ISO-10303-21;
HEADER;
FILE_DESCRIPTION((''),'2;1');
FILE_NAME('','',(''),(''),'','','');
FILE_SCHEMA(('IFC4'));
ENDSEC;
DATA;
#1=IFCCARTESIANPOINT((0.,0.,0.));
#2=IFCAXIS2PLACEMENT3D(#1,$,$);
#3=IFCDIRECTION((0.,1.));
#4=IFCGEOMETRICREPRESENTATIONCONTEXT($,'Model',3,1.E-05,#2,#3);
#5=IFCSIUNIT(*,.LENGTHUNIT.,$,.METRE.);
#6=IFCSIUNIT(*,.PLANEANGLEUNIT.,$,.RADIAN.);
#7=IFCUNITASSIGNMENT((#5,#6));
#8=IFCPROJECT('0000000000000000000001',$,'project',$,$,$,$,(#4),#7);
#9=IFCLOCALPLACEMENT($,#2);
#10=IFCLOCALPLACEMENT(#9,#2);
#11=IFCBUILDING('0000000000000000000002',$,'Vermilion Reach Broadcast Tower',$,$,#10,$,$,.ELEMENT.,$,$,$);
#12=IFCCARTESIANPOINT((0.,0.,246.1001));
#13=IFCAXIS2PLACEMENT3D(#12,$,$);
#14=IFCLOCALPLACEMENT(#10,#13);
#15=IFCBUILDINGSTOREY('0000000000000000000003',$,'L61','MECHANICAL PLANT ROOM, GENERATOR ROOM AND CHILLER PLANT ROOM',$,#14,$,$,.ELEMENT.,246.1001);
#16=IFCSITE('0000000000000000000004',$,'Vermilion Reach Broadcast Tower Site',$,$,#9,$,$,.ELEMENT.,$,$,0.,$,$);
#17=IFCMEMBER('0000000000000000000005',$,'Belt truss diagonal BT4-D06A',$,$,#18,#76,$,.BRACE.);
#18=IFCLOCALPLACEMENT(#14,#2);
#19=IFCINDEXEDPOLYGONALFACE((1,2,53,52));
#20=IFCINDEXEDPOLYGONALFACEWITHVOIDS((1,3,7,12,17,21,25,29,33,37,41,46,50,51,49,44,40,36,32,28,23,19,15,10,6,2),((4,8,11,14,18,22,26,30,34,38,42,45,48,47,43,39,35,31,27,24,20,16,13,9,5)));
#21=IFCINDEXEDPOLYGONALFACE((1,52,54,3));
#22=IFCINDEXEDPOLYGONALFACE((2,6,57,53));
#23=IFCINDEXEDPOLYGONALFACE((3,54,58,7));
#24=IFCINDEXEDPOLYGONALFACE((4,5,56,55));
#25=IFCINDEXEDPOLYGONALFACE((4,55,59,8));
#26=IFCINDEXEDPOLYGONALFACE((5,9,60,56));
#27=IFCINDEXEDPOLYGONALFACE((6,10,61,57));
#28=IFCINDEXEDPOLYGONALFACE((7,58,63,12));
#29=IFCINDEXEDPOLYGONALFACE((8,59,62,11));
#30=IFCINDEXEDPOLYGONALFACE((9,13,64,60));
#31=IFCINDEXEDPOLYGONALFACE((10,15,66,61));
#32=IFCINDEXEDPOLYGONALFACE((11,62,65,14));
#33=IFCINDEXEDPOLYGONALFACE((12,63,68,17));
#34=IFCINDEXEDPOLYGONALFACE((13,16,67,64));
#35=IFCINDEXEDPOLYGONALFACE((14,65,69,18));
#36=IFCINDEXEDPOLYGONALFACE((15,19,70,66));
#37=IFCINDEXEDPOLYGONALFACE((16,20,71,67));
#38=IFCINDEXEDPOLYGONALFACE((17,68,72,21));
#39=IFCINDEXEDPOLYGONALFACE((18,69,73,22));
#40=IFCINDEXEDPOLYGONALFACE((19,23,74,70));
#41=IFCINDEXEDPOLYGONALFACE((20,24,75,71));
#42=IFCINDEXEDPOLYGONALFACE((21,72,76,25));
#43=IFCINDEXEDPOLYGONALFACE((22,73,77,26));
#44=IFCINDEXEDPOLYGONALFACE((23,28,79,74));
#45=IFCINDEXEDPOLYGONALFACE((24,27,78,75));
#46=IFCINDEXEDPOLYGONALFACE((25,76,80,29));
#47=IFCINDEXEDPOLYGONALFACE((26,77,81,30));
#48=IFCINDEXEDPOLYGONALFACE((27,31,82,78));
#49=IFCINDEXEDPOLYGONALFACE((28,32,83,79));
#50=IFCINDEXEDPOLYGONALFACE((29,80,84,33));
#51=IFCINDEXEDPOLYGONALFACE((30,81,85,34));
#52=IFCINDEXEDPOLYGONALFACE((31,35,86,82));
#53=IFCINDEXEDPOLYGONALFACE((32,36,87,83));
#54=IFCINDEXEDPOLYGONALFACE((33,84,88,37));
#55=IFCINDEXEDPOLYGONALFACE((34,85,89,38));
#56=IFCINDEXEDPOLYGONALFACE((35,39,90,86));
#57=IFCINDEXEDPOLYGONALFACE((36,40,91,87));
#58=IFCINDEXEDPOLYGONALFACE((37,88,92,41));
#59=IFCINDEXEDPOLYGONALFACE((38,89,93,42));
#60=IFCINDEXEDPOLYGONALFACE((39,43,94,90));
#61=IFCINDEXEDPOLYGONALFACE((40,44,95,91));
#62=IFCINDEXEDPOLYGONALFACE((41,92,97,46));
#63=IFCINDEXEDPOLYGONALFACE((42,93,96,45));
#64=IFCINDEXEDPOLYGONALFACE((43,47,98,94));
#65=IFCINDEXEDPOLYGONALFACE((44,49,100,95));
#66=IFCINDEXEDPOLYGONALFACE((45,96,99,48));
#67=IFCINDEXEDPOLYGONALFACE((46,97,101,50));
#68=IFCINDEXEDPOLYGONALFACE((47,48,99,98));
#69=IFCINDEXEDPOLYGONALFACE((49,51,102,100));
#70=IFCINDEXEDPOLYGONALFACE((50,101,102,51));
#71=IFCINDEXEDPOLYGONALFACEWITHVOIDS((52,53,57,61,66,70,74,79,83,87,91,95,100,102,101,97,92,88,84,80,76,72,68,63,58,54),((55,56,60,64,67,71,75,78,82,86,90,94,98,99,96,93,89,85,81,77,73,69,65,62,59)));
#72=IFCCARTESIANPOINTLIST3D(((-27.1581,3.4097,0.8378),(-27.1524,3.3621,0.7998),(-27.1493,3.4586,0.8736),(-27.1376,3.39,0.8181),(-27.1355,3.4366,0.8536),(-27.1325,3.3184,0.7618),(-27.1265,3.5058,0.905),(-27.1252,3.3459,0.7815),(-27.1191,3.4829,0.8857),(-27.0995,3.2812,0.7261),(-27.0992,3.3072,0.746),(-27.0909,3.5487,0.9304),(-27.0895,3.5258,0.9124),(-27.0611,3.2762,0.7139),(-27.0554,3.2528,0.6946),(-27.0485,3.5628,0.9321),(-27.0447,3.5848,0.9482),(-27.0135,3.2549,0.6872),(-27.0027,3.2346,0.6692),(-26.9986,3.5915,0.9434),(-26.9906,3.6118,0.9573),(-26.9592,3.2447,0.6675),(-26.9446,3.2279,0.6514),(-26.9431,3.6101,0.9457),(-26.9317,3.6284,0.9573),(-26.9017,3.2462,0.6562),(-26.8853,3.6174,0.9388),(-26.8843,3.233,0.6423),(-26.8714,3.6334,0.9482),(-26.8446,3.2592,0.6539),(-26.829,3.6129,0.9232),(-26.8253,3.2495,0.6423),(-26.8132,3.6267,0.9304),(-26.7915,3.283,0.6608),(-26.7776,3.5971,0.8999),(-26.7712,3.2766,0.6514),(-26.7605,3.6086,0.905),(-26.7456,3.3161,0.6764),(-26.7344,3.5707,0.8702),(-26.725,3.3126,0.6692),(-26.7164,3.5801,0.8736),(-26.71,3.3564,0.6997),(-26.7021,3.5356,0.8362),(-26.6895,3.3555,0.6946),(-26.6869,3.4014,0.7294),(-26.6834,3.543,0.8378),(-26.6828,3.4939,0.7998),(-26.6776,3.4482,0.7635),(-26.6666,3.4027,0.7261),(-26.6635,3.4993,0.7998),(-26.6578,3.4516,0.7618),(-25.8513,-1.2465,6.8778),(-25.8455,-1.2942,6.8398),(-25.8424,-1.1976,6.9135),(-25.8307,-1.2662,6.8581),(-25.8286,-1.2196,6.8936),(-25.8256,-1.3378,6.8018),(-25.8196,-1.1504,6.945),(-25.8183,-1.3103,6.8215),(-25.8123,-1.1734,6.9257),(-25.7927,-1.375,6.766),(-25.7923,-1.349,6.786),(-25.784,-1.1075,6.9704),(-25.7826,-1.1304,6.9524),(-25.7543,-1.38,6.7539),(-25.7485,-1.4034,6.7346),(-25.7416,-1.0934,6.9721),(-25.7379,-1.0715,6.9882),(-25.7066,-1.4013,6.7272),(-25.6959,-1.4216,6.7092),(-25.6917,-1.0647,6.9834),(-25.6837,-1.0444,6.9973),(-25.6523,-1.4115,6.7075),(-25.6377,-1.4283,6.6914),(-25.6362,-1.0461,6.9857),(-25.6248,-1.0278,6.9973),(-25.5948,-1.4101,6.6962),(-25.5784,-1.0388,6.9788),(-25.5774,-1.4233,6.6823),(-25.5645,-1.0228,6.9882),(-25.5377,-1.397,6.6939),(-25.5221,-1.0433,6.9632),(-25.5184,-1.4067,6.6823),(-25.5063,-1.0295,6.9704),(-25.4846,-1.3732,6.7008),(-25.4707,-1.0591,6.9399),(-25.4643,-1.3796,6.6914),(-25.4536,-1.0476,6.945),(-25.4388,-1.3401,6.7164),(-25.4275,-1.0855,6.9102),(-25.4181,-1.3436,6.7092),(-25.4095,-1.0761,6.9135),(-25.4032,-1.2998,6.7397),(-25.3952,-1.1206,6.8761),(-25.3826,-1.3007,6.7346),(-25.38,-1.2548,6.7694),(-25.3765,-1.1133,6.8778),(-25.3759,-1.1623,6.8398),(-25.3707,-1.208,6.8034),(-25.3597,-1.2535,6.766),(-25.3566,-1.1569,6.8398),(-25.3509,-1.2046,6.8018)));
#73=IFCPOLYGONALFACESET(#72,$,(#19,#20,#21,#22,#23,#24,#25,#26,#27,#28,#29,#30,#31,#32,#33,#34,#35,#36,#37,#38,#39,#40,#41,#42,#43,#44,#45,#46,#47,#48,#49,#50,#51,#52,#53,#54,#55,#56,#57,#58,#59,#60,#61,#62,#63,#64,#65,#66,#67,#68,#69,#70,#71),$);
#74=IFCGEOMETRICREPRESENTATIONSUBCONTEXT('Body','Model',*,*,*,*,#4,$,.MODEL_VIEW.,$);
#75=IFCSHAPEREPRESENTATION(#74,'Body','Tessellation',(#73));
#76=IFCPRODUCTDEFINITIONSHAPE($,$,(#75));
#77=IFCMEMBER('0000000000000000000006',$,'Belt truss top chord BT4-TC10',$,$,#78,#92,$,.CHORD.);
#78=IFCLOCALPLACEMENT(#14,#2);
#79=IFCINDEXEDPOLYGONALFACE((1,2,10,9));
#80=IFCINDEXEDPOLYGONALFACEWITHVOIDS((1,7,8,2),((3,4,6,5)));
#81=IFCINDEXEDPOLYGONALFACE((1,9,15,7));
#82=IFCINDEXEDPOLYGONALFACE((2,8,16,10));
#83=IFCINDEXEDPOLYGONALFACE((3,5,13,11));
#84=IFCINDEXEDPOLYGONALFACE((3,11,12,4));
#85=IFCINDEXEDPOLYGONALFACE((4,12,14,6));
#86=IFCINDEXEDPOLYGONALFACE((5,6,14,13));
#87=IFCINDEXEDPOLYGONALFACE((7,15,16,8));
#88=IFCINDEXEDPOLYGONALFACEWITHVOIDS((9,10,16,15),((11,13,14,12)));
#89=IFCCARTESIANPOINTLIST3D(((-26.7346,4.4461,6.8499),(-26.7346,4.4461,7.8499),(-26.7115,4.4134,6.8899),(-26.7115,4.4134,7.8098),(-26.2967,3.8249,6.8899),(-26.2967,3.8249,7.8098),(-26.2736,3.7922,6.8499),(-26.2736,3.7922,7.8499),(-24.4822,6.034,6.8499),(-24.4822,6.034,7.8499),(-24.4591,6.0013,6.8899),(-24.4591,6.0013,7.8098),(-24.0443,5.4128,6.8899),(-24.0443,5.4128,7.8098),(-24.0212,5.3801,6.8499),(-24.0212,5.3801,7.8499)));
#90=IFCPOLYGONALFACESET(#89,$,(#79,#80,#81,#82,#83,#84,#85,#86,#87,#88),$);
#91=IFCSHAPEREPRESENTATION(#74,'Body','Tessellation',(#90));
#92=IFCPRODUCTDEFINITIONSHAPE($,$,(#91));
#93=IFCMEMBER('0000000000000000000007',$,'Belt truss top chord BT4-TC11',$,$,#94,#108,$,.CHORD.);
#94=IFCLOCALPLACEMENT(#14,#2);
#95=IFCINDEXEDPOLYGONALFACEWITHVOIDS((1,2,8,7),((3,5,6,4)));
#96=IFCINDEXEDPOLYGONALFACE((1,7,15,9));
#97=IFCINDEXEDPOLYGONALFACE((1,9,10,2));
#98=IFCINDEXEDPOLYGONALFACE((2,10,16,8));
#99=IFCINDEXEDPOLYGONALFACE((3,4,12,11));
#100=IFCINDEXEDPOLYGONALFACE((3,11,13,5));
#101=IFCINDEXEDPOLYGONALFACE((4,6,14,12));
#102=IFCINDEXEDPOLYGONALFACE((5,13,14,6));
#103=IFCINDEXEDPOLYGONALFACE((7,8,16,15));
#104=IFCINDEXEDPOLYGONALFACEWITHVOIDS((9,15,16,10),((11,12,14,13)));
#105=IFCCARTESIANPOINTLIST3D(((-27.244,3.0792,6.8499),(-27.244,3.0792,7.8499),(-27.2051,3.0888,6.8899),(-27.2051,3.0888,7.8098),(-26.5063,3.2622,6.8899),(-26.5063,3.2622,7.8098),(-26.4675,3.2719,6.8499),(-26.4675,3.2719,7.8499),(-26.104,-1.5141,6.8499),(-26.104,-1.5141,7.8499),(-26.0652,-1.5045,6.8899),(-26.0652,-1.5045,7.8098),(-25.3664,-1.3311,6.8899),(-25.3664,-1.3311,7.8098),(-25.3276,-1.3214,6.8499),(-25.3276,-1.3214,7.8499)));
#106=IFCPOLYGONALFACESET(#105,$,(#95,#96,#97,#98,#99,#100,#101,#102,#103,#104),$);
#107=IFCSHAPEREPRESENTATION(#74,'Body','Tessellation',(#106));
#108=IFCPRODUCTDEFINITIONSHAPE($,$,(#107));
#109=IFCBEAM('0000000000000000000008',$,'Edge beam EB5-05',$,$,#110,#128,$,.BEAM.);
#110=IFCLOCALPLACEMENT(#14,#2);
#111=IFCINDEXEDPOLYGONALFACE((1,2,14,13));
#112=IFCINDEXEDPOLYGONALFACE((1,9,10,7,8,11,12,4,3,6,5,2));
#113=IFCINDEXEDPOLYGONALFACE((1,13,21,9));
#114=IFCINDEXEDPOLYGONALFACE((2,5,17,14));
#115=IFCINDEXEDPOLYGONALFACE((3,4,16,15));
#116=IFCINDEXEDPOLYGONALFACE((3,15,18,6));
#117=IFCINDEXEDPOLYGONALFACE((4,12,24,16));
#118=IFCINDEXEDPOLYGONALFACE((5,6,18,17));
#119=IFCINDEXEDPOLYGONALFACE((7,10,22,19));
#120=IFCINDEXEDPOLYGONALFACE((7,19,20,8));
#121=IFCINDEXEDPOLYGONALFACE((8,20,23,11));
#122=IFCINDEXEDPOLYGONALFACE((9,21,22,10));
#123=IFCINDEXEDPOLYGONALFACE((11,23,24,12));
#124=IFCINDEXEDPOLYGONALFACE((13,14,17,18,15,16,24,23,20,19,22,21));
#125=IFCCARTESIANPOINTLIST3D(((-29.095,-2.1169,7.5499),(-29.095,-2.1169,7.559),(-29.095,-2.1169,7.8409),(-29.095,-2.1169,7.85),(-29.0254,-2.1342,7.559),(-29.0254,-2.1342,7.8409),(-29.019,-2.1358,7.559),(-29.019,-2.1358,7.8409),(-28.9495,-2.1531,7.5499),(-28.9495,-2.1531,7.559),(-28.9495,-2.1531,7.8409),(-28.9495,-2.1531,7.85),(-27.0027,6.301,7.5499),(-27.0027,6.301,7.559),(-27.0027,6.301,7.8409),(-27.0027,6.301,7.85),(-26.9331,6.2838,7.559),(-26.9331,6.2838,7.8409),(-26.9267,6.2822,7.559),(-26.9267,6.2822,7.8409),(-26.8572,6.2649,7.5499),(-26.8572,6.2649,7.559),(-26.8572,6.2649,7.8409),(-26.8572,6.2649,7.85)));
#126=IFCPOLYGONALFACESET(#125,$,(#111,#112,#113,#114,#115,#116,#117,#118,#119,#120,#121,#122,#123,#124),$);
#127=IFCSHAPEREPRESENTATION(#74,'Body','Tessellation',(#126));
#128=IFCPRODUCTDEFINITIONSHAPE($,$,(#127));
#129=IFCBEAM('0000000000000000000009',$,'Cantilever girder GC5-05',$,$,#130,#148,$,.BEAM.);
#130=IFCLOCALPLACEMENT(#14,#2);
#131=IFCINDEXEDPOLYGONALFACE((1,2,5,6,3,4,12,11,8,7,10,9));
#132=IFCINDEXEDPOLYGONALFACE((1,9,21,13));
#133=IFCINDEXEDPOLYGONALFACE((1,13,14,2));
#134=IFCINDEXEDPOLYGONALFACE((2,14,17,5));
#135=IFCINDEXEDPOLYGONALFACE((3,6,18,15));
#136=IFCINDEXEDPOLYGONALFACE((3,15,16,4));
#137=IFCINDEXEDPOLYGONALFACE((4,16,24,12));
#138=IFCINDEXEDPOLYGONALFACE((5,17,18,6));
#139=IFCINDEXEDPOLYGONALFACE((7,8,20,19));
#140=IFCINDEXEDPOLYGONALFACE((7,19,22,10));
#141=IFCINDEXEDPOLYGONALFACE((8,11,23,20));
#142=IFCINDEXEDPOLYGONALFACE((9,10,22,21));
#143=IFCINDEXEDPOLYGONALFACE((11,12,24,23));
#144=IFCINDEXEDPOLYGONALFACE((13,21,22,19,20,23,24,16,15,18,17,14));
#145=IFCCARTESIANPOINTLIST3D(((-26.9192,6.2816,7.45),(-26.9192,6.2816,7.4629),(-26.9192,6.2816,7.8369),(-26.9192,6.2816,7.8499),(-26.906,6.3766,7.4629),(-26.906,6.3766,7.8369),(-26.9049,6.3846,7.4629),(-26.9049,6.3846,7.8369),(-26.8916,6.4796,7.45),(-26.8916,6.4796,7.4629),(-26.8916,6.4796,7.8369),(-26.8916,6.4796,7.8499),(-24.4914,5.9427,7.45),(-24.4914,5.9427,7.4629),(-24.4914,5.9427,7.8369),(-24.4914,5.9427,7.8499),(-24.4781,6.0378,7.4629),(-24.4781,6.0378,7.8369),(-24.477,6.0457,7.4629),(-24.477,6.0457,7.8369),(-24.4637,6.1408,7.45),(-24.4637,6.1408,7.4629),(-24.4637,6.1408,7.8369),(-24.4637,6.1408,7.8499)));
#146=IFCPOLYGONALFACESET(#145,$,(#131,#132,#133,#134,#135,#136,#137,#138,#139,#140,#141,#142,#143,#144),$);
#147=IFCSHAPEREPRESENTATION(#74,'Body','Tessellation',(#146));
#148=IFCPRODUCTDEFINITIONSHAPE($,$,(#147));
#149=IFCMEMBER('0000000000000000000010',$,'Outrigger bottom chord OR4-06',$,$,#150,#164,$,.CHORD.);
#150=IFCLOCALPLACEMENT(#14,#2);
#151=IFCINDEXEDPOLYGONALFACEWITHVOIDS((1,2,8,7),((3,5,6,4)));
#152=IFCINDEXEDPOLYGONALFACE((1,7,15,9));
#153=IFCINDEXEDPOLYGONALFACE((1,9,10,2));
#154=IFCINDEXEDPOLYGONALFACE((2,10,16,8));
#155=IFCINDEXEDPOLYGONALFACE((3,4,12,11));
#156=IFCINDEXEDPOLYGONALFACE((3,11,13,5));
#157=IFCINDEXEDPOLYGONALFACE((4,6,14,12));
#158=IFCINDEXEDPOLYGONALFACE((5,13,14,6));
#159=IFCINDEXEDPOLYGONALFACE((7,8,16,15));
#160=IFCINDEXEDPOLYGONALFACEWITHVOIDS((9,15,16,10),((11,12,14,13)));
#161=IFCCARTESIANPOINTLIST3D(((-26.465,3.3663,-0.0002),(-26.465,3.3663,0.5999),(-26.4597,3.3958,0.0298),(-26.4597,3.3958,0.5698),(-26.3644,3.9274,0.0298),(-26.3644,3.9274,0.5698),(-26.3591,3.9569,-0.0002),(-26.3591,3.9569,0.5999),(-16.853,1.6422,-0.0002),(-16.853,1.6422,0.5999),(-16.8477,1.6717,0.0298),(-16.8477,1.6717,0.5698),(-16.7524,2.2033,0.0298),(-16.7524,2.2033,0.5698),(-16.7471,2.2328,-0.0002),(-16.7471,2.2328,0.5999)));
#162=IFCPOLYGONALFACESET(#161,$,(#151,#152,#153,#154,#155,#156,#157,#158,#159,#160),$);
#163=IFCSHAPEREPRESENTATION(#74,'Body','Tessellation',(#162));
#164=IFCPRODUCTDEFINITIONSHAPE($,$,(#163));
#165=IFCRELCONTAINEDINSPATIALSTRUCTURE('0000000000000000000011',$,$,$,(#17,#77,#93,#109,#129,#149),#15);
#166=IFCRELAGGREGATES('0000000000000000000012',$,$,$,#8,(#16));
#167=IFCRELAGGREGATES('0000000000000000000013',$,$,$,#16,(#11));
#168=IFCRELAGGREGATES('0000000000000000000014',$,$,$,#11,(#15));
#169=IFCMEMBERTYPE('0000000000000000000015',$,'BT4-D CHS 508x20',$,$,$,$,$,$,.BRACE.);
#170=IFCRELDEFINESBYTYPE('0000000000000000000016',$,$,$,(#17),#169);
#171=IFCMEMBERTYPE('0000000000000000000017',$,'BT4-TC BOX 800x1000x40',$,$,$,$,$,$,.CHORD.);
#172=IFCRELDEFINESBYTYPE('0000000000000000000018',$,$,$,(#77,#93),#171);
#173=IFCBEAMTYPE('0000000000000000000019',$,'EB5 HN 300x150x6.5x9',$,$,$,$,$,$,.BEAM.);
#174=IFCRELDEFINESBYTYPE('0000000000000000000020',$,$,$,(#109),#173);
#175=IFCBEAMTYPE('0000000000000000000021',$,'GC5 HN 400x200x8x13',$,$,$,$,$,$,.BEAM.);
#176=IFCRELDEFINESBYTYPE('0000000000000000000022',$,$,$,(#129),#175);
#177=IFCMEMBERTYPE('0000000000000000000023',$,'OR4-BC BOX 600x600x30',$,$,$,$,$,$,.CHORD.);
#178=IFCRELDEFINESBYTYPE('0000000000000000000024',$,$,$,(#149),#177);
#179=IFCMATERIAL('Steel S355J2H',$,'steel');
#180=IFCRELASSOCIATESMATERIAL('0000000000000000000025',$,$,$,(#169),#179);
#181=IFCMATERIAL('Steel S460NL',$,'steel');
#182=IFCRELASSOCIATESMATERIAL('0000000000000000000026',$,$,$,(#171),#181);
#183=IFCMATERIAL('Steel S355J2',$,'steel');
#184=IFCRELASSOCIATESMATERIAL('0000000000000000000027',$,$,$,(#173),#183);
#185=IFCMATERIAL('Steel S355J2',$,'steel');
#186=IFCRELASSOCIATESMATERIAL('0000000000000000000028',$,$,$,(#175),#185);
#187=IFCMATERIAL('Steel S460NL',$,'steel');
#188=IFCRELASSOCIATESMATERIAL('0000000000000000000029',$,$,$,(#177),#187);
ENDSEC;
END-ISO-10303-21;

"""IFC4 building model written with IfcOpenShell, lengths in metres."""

from ifc_helpers import new_model, si_unit, direction, frame, origin, origin_2d, place, context, subcontext, project, spatial, hollow_rectangle, hollow_circle, i_section, extrude, material, material_profile, profile_set, type_object, element, save


model = new_model("IFC4")

# Units and contexts
model_context = context("Model", 3, precision=1e-05, world=origin(), true_north=direction((0.0, 1.0)))
body_context = subcontext(model_context, "Body", "Model", "MODEL_VIEW")
ifc_project = project(units=[si_unit("LENGTHUNIT", "METRE"), si_unit("PLANEANGLEUNIT", "RADIAN")], contexts=[model_context])

# Site, building, storey
site_placement = place(None, origin())
site = spatial("IfcSite", under=ifc_project, at=site_placement, Name="Vermilion Reach Broadcast Tower Site", CompositionType="ELEMENT", RefElevation=0.0)
building_placement = place(site_placement, origin())
building = spatial("IfcBuilding", under=site, at=building_placement, Name="Vermilion Reach Broadcast Tower", CompositionType="ELEMENT")
storey_placement = place(building_placement, frame((0.0, 0.0, 246.1001)))
storey = spatial("IfcBuildingStorey", under=building, at=storey_placement, Name="L61", Description="MECHANICAL PLANT ROOM, GENERATOR ROOM AND CHILLER PLANT ROOM", CompositionType="ELEMENT", Elevation=246.1001)

# Members
ifc_material_1 = material(Name="Steel S355J2H", Category="steel")
ifc_material_profile_1 = material_profile(ifc_material_1, hollow_circle(Radius=0.2539, WallThickness=0.02, at=origin_2d()), Name="S355J2H CHS 508x20")
ifc_profile_set_1 = profile_set([ifc_material_profile_1], Name="Steel S355J2H")
member_type_1 = type_object("IfcMemberType", Name="BT4-D CHS 508x20", PredefinedType="BRACE", material=ifc_profile_set_1)
member_1_placement = place(storey_placement, frame((-26.908, 3.4307, 0.7998), z_axis=(0.1689, -0.601768, 0.780607), x_axis=(0.962796, 0.270231, 0.0)))
element("IfcMember", 1, at=member_1_placement, inside=storey, type_object=member_type_1, Name="Belt truss diagonal BT4-D06A", PredefinedType="BRACE", context=body_context, shape_type="SweptSolid", body=[
    extrude(hollow_circle(Radius=0.2539, WallThickness=0.02, at=origin_2d()), origin(), (0.0, 0.0, 1.0), 7.7375),
])
ifc_material_2 = material(Name="Steel S460NL", Category="steel")
ifc_material_profile_2 = material_profile(ifc_material_2, hollow_rectangle(XDim=0.8, YDim=1.0, WallThickness=0.04, at=origin_2d()), Name="S460NL BOX 800x1000x40")
ifc_profile_set_2 = profile_set([ifc_material_profile_2], Name="Steel S460NL")
member_type_2 = type_object("IfcMemberType", Name="BT4-TC BOX 800x1000x40", PredefinedType="CHORD", material=ifc_profile_set_2)
member_2_placement = place(storey_placement, frame((-24.2517, 5.707, 7.3499), z_axis=(-0.817321, -0.576182, 0.0), x_axis=(0.576182, -0.817321, 0.0)))
element("IfcMember", 2, at=member_2_placement, inside=storey, type_object=member_type_2, Name="Belt truss top chord BT4-TC10", PredefinedType="CHORD", context=body_context, shape_type="SweptSolid", body=[
    extrude(hollow_rectangle(XDim=0.8, YDim=1.0, WallThickness=0.04, at=origin_2d()), origin(), (0.0, 0.0, 1.0), 2.7559),
])
member_3_placement = place(storey_placement, frame((-26.8557, 3.1755, 7.3499), z_axis=(0.24086, -0.97056, 0.0), x_axis=(0.97056, 0.24086, 0.0)))
element("IfcMember", 3, at=member_3_placement, inside=storey, type_object=member_type_2, Name="Belt truss top chord BT4-TC11", PredefinedType="CHORD", context=body_context, shape_type="SweptSolid", body=[
    extrude(hollow_rectangle(XDim=0.8, YDim=1.0, WallThickness=0.04, at=origin_2d()), origin(), (0.0, 0.0, 1.0), 4.7327),
])

# Beams
ifc_material_3 = material(Name="Steel S355J2", Category="steel")
ifc_material_profile_3 = material_profile(ifc_material_3, i_section(OverallWidth=0.1499, OverallDepth=0.3, WebThickness=0.0066, FlangeThickness=0.009, at=origin_2d()), Name="S355J2 HN 300x150x6.5x9")
ifc_profile_set_3 = profile_set([ifc_material_profile_3], Name="Steel S355J2")
beam_type_1 = type_object("IfcBeamType", Name="EB5 HN 300x150x6.5x9", PredefinedType="BEAM", material=ifc_profile_set_3)
beam_1_placement = place(storey_placement, frame((-26.9299, 6.283, 7.7), z_axis=(-0.241211, -0.970473, 0.0), x_axis=(0.970473, -0.241211, 0.0)))
element("IfcBeam", 4, at=beam_1_placement, inside=storey, type_object=beam_type_1, Name="Edge beam EB5-05", PredefinedType="BEAM", context=body_context, shape_type="SweptSolid", body=[
    extrude(i_section(OverallWidth=0.1499, OverallDepth=0.3, WebThickness=0.0066, FlangeThickness=0.009, at=origin_2d()), origin(), (0.0, 0.0, 1.0), 8.6741),
])
ifc_material_4 = material(Name="Steel S355J2", Category="steel")
ifc_material_profile_4 = material_profile(ifc_material_4, i_section(OverallWidth=0.2, OverallDepth=0.3999, WebThickness=0.0081, FlangeThickness=0.0129, at=origin_2d()), Name="S355J2 HN 400x200x8x13")
ifc_profile_set_4 = profile_set([ifc_material_profile_4], Name="Steel S355J2")
beam_type_2 = type_object("IfcBeamType", Name="GC5 HN 400x200x8x13", PredefinedType="BEAM", material=ifc_profile_set_4)
beam_2_placement = place(storey_placement, frame((-24.4775, 6.0417, 7.6499), z_axis=(-0.9904, 0.138228, 0.0), x_axis=(-0.138228, -0.9904, 0.0)))
element("IfcBeam", 5, at=beam_2_placement, inside=storey, type_object=beam_type_2, Name="Cantilever girder GC5-05", PredefinedType="BEAM", context=body_context, shape_type="SweptSolid", body=[
    extrude(i_section(OverallWidth=0.2, OverallDepth=0.3999, WebThickness=0.0081, FlangeThickness=0.0129, at=origin_2d()), origin(), (0.0, 0.0, 1.0), 2.4514),
])

# Member
ifc_material_5 = material(Name="Steel S460NL", Category="steel")
ifc_material_profile_5 = material_profile(ifc_material_5, hollow_rectangle(XDim=0.6001, YDim=0.6001, WallThickness=0.03, at=origin_2d()), Name="S460NL BOX 600x600x30")
ifc_profile_set_5 = profile_set([ifc_material_profile_5], Name="Steel S460NL")
member_type_3 = type_object("IfcMemberType", Name="OR4-BC BOX 600x600x30", PredefinedType="CHORD", material=ifc_profile_set_5)
member_4_placement = place(storey_placement, frame((-16.8, 1.9375, 0.2998), z_axis=(-0.984291, 0.176553, 0.0), x_axis=(-0.176553, -0.984291, 0.0)))
element("IfcMember", 6, at=member_4_placement, inside=storey, type_object=member_type_3, Name="Outrigger bottom chord OR4-06", PredefinedType="CHORD", context=body_context, shape_type="SweptSolid", body=[
    extrude(hollow_rectangle(XDim=0.6001, YDim=0.6001, WallThickness=0.03, at=origin_2d()), origin(), (0.0, 0.0, 1.0), 9.7654),
])

save(model, "model.ifc")
